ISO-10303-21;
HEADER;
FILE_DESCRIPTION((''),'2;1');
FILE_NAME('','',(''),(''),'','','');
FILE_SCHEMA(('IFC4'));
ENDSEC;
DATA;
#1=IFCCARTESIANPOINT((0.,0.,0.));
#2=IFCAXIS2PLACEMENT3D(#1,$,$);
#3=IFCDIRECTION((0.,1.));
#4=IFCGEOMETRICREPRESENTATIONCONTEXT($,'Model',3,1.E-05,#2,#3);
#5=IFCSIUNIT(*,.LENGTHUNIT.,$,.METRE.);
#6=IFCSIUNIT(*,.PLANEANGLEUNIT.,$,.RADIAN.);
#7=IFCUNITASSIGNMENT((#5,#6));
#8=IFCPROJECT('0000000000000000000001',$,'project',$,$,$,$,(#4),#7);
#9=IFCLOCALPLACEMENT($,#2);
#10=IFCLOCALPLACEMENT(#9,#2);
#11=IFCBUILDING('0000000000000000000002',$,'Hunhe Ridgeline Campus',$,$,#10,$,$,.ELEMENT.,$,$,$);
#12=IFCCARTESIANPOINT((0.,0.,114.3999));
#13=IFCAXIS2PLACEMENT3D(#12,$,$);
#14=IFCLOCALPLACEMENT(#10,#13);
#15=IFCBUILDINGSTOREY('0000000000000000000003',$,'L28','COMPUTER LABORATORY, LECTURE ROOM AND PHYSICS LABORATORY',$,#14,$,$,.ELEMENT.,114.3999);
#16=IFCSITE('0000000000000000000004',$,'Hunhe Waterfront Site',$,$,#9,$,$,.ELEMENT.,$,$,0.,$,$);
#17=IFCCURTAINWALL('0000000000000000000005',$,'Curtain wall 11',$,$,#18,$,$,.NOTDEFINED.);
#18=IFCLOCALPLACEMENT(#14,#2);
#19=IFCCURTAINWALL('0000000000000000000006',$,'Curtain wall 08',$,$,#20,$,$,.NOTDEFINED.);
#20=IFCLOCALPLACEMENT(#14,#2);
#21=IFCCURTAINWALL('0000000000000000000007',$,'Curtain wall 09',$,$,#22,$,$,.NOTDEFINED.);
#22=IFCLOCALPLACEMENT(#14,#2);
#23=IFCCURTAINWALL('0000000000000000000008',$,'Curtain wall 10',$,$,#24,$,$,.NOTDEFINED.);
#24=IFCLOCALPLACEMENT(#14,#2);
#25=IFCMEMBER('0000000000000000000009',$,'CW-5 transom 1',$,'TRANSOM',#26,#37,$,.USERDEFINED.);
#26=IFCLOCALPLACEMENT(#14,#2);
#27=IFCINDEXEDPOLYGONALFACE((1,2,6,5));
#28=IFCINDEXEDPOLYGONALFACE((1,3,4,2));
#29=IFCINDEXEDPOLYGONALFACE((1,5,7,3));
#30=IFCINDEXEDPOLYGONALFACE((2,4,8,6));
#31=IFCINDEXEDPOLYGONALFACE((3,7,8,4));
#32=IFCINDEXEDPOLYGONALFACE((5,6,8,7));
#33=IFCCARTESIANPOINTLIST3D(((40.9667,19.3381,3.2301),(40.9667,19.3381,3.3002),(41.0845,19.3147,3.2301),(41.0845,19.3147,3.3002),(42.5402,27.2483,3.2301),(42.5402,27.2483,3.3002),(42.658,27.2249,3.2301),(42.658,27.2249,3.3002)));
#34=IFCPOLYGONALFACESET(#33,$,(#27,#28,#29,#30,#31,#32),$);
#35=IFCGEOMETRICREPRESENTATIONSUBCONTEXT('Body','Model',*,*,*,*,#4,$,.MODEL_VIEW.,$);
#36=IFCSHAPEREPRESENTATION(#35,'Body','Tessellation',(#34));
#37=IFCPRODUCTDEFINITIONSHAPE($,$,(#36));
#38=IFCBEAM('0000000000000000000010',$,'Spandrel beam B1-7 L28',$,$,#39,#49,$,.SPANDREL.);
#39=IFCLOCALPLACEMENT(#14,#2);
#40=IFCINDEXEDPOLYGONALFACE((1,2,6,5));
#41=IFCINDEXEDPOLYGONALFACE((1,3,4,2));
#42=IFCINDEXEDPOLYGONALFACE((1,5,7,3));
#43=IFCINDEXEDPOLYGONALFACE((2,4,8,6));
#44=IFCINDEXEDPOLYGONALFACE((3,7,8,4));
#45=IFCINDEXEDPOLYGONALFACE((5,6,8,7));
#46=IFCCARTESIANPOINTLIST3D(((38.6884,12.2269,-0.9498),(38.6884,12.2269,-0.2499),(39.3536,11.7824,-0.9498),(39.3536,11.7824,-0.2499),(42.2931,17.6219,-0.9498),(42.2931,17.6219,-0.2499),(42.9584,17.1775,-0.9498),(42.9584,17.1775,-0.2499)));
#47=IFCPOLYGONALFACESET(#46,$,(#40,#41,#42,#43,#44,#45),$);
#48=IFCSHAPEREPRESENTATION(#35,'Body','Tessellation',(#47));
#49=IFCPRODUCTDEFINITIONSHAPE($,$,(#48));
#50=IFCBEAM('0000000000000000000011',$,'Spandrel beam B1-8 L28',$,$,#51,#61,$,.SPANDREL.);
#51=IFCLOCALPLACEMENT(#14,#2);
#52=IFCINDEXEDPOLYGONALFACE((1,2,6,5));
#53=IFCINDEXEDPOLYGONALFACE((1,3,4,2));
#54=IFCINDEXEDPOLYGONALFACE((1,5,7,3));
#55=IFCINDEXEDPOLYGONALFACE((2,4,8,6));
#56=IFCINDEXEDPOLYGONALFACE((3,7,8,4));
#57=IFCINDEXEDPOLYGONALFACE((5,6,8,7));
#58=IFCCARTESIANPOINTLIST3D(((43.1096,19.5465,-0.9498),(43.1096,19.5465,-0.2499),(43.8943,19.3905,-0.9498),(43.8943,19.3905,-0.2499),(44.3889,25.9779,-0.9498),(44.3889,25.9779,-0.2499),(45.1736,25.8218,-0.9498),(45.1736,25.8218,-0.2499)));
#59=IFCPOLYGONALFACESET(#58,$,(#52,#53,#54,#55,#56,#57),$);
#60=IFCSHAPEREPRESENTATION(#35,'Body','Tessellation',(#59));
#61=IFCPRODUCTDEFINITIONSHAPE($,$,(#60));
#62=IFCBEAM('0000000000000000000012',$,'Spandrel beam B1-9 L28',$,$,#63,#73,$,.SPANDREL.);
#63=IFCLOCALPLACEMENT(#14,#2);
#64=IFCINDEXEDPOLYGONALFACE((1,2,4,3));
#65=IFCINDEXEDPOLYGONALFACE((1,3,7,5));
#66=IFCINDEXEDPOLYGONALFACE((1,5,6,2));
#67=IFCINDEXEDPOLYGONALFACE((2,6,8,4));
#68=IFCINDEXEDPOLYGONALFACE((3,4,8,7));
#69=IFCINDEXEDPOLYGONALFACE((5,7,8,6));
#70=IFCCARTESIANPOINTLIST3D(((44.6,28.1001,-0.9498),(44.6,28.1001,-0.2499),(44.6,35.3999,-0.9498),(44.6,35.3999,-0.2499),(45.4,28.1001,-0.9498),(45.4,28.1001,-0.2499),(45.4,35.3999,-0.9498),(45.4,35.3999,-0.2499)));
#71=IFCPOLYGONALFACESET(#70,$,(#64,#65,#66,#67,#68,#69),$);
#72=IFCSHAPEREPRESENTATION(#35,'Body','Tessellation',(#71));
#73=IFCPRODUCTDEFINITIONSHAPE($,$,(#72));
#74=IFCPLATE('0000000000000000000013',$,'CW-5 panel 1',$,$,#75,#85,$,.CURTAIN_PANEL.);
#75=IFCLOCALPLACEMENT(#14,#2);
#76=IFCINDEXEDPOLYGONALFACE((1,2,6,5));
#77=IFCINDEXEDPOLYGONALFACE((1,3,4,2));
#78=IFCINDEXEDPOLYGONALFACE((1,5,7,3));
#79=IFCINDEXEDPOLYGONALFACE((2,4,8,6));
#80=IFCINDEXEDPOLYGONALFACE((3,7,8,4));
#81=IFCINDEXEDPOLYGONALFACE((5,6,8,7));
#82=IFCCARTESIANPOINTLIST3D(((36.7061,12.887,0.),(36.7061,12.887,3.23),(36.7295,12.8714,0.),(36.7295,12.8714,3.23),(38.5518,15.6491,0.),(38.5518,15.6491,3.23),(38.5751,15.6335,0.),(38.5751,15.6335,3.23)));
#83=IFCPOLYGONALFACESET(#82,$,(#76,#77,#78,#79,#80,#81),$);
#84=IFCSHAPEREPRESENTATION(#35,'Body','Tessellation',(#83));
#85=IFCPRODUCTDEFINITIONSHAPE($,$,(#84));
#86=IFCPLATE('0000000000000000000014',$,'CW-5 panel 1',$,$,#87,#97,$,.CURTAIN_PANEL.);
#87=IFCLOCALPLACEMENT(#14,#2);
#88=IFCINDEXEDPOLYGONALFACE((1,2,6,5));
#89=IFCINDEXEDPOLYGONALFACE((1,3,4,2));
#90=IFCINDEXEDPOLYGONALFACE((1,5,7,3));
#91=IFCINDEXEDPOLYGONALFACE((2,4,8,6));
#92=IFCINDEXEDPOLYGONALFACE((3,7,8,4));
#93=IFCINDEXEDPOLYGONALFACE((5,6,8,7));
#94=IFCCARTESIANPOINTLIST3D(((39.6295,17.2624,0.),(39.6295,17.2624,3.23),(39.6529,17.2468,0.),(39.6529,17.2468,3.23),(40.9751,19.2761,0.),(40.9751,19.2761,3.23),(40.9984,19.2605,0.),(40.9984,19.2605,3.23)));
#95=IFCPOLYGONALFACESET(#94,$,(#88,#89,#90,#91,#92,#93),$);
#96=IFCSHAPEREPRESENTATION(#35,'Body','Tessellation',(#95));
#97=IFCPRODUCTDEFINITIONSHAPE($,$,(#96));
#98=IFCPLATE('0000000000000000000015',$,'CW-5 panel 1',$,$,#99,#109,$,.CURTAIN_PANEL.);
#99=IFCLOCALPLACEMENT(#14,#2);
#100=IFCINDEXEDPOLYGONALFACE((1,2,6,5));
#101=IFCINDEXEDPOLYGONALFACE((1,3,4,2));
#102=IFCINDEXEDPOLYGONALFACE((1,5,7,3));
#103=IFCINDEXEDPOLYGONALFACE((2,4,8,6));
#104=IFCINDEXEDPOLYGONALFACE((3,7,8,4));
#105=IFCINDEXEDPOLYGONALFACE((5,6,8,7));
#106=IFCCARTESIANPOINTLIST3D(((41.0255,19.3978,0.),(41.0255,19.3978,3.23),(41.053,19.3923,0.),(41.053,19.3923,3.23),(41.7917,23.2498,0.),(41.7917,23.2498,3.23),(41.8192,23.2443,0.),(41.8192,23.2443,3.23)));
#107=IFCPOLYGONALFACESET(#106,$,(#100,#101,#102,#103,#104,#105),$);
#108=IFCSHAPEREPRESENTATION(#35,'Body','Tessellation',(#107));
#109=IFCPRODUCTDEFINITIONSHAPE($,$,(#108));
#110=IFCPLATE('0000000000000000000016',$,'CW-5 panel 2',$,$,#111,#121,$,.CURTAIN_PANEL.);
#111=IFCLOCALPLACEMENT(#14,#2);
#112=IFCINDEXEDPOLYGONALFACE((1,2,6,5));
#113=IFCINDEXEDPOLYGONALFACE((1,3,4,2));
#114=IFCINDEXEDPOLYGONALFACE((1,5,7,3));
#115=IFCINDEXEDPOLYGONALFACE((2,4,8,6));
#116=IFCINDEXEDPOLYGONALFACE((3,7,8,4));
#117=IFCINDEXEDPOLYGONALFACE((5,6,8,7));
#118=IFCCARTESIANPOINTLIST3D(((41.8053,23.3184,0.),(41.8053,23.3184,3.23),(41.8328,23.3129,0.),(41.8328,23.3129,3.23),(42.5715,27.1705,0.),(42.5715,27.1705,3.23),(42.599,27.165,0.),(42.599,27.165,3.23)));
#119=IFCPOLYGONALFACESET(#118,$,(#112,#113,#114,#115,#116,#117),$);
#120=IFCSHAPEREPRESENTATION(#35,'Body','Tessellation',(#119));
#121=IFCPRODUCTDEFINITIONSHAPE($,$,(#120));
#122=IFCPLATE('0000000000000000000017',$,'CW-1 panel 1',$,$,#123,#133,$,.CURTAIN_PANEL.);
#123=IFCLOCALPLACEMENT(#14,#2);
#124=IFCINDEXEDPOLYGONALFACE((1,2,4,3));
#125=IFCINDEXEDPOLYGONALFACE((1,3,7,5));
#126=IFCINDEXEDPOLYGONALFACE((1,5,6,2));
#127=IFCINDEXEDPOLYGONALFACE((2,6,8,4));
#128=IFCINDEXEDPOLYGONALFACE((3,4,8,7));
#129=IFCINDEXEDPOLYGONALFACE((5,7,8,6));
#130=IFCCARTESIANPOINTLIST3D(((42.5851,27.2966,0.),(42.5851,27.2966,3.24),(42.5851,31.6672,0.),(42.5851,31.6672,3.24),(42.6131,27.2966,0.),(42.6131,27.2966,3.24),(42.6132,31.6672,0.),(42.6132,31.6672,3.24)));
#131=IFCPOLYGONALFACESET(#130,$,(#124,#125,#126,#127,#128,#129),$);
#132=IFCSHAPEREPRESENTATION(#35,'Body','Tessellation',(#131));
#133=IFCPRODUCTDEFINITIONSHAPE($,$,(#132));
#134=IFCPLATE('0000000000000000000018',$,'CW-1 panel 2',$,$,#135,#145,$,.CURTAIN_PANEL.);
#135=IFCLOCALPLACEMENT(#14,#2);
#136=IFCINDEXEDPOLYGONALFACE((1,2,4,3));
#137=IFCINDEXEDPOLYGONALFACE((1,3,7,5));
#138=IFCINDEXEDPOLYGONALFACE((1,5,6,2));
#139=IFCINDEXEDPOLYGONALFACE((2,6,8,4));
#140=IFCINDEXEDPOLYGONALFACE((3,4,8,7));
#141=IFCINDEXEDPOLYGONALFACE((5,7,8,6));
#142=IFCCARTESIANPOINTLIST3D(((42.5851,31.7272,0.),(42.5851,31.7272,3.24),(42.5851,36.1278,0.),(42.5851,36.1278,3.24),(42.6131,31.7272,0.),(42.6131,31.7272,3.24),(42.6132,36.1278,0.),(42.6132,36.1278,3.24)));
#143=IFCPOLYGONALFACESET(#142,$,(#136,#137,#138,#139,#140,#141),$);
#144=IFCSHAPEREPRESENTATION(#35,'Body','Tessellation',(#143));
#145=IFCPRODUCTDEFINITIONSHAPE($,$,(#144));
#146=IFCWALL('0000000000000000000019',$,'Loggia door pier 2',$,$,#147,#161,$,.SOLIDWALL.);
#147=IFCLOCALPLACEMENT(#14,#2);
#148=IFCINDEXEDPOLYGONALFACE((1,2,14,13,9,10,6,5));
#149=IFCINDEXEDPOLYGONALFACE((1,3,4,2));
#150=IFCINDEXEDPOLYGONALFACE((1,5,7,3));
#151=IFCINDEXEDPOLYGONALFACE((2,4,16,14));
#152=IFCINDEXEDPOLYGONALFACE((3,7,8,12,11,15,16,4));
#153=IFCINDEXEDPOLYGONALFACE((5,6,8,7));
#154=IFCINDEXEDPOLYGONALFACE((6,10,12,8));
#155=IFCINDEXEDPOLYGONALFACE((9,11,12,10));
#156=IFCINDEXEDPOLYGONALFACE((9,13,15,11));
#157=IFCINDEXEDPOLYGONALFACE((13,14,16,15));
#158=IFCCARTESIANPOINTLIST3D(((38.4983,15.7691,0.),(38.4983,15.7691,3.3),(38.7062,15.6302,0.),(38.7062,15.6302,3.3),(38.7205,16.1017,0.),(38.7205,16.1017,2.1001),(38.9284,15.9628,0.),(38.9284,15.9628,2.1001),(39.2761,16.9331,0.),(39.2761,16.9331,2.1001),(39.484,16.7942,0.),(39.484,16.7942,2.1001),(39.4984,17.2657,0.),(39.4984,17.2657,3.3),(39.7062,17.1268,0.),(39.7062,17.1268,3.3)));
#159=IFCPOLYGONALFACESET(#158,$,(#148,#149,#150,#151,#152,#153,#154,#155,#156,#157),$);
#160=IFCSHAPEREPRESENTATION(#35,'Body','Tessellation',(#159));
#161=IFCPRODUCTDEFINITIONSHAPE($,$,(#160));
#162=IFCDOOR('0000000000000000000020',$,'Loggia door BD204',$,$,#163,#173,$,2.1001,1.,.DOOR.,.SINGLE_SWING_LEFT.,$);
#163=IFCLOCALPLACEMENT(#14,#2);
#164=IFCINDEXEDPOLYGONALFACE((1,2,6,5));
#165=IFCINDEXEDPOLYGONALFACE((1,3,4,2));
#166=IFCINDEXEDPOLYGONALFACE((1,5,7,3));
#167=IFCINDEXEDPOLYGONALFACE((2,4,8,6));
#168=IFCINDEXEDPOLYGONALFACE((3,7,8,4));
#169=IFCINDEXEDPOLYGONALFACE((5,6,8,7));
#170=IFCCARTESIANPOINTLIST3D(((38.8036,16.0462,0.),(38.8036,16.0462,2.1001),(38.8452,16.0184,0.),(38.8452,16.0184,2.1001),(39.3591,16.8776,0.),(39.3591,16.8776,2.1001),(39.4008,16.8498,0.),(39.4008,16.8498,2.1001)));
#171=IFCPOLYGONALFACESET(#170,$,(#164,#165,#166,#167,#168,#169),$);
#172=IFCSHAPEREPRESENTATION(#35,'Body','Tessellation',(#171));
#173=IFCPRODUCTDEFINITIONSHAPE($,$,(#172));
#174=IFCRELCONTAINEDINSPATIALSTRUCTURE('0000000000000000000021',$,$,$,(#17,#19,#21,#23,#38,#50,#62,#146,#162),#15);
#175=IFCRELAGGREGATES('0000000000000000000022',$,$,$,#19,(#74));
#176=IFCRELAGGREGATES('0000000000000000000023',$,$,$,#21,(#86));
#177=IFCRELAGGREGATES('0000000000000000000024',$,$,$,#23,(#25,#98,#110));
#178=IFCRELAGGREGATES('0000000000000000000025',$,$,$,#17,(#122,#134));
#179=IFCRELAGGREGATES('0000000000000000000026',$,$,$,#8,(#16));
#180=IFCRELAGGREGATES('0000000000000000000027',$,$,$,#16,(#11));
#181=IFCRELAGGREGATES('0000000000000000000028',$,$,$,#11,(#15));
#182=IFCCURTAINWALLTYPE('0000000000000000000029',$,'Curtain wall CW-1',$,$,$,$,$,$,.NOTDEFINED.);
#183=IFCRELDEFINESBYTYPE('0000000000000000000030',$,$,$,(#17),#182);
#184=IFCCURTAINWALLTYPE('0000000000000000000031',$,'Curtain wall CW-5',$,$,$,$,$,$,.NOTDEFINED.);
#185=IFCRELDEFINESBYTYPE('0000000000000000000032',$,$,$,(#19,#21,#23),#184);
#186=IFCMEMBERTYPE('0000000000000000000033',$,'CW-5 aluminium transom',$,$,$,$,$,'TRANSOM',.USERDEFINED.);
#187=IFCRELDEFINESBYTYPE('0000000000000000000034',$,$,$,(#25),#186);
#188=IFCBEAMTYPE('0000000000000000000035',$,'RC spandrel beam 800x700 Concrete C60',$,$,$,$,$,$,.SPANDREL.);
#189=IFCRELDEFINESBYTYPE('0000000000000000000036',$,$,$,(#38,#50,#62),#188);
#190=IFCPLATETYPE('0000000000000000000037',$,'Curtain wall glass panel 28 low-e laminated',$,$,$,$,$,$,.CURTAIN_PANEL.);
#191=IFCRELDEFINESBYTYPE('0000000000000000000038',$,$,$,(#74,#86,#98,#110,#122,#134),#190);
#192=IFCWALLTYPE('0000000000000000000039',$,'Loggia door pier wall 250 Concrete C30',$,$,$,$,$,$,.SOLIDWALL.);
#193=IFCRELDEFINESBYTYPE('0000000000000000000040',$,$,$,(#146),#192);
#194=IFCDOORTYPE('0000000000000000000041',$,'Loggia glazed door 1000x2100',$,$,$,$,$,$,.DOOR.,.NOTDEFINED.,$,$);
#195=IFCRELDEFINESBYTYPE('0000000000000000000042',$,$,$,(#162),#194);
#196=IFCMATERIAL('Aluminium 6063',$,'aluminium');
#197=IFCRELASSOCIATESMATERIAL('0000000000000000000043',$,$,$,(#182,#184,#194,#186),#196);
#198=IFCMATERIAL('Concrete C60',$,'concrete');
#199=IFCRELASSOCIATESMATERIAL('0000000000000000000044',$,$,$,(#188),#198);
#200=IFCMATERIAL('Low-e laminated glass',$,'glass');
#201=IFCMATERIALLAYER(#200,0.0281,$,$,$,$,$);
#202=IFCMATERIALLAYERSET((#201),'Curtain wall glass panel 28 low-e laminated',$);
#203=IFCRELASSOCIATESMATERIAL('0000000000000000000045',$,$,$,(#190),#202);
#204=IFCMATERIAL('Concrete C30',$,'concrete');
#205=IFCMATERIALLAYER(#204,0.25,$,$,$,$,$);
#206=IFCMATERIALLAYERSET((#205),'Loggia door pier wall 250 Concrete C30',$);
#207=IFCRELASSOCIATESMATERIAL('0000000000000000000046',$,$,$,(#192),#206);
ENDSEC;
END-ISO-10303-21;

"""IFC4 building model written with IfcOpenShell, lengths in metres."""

from ifc_helpers import new_model, si_unit, direction, frame, frame_2d, origin, origin_2d, place, context, subcontext, project, spatial, rectangle, extrude, material, layer, layer_set, material_profile, profile_set, type_object, element, fill, aggregate, save


model = new_model("IFC4")

# Units and contexts
model_context = context("Model", 3, precision=1e-05, world=origin(), true_north=direction((0.0, 1.0)))
body_context = subcontext(model_context, "Body", "Model", "MODEL_VIEW")
ifc_project = project(units=[si_unit("LENGTHUNIT", "METRE"), si_unit("PLANEANGLEUNIT", "RADIAN")], contexts=[model_context])

# Site, building, storey
site_placement = place(None, origin())
site = spatial("IfcSite", under=ifc_project, at=site_placement, Name="Hunhe Waterfront Site", CompositionType="ELEMENT", RefElevation=0.0)
building_placement = place(site_placement, origin())
building = spatial("IfcBuilding", under=site, at=building_placement, Name="Hunhe Ridgeline Campus", CompositionType="ELEMENT")
storey_placement = place(building_placement, frame((0.0, 0.0, 114.3999)))
storey = spatial("IfcBuildingStorey", under=building, at=storey_placement, Name="L28", Description="COMPUTER LABORATORY, LECTURE ROOM AND PHYSICS LABORATORY", CompositionType="ELEMENT", Elevation=114.3999)

# Curtain wall
ifc_material_1 = material(Name="Aluminium 6063", Category="aluminium")
curtain_wall_type_1 = type_object("IfcCurtainWallType", Name="Curtain wall CW-1", PredefinedType="NOTDEFINED", material=ifc_material_1)
curtain_wall_1_placement = place(storey_placement, origin())
curtain_wall_1 = element("IfcCurtainWall", 1, at=curtain_wall_1_placement, inside=storey, type_object=curtain_wall_type_1, Name="Curtain wall 11", PredefinedType="NOTDEFINED")

# Curtain wall
curtain_wall_type_2 = type_object("IfcCurtainWallType", Name="Curtain wall CW-5", PredefinedType="NOTDEFINED", material=ifc_material_1)
curtain_wall_2_placement = place(storey_placement, origin())
curtain_wall_2 = element("IfcCurtainWall", 2, at=curtain_wall_2_placement, inside=storey, type_object=curtain_wall_type_2, Name="Curtain wall 08", PredefinedType="NOTDEFINED")

# Curtain walls
curtain_wall_3_placement = place(storey_placement, origin())
curtain_wall_3 = element("IfcCurtainWall", 3, at=curtain_wall_3_placement, inside=storey, type_object=curtain_wall_type_2, Name="Curtain wall 09", PredefinedType="NOTDEFINED")
curtain_wall_4_placement = place(storey_placement, origin())
curtain_wall_4 = element("IfcCurtainWall", 4, at=curtain_wall_4_placement, inside=storey, type_object=curtain_wall_type_2, Name="Curtain wall 10", PredefinedType="NOTDEFINED")

# Member
ifc_material_profile_1 = material_profile(ifc_material_1, rectangle(XDim=0.1201, YDim=0.0701, at=origin_2d()))
ifc_profile_set_1 = profile_set([ifc_material_profile_1], Name="Aluminium 6063")
member_type_1 = type_object("IfcMemberType", Name="CW-5 aluminium transom", ElementType="TRANSOM", PredefinedType="USERDEFINED", material=ifc_profile_set_1)
member_1_placement = place(storey_placement, frame((41.0256, 19.3264, 3.2651), z_axis=(0.195097, 0.980784, 0.0), x_axis=(-0.980784, 0.195097, 0.0)))
member_1 = element("IfcMember", 5, at=member_1_placement, type_object=member_type_1, Name="CW-5 transom 1", ObjectType="TRANSOM", PredefinedType="USERDEFINED", context=body_context, shape_type="SweptSolid", body=[
    extrude(rectangle(XDim=0.1201, YDim=0.0701, at=origin_2d()), origin(), (0.0, 0.0, 1.0), 8.0652),
])

# Beams
ifc_material_2 = material(Name="Concrete C60", Category="concrete")
ifc_material_profile_2 = material_profile(ifc_material_2, rectangle(XDim=0.8, YDim=0.7, at=origin_2d()))
ifc_profile_set_2 = profile_set([ifc_material_profile_2], Name="Concrete C60")
beam_type = type_object("IfcBeamType", Name="RC spandrel beam 800x700 Concrete C60", PredefinedType="SPANDREL", material=ifc_profile_set_2)
beam_1_placement = place(storey_placement, frame((39.021, 12.0046, -0.5999), z_axis=(0.55556, 0.831477, 0.0), x_axis=(-0.831477, 0.55556, 0.0)))
element("IfcBeam", 6, at=beam_1_placement, inside=storey, type_object=beam_type, Name="Spandrel beam B1-7 L28", PredefinedType="SPANDREL", context=body_context, shape_type="SweptSolid", body=[
    extrude(rectangle(XDim=0.8, YDim=0.7, at=origin_2d()), origin(), (0.0, 0.0, 1.0), 6.4885),
])
beam_2_placement = place(storey_placement, frame((43.502, 19.4685, -0.5999), z_axis=(0.195092, 0.980785, 0.0), x_axis=(-0.980785, 0.195092, 0.0)))
element("IfcBeam", 7, at=beam_2_placement, inside=storey, type_object=beam_type, Name="Spandrel beam B1-8 L28", PredefinedType="SPANDREL", context=body_context, shape_type="SweptSolid", body=[
    extrude(rectangle(XDim=0.8, YDim=0.7, at=origin_2d()), origin(), (0.0, 0.0, 1.0), 6.5574),
])
beam_3_placement = place(storey_placement, frame((45.0, 28.1001, -0.5999), z_axis=(0.0, 1.0, 0.0), x_axis=(-1.0, 0.0, 0.0)))
element("IfcBeam", 8, at=beam_3_placement, inside=storey, type_object=beam_type, Name="Spandrel beam B1-9 L28", PredefinedType="SPANDREL", context=body_context, shape_type="SweptSolid", body=[
    extrude(rectangle(XDim=0.8, YDim=0.7, at=origin_2d()), origin(), (0.0, 0.0, 1.0), 7.2998),
])

# Plates
ifc_material_3 = material(Name="Low-e laminated glass", Category="glass")
ifc_layer_1 = layer(ifc_material_3, 0.0281)
ifc_layer_set_1 = layer_set([ifc_layer_1], Name="Curtain wall glass panel 28 low-e laminated")
plate_type = type_object("IfcPlateType", Name="Curtain wall glass panel 28 low-e laminated", PredefinedType="CURTAIN_PANEL", material=ifc_layer_set_1)
plate_1_placement = place(storey_placement, frame((37.6406, 14.2603, 0.0), z_axis=(0.0, 0.0, 1.0), x_axis=(0.55557, 0.83147, 0.0)))
plate_1 = element("IfcPlate", 9, at=plate_1_placement, type_object=plate_type, Name="CW-5 panel 1", PredefinedType="CURTAIN_PANEL", context=body_context, shape_type="SweptSolid", body=[
    extrude(rectangle(XDim=3.322, YDim=0.0281, at=origin_2d()), origin(), (0.0, 0.0, 1.0), 3.23),
])
aggregate(curtain_wall_2, [plate_1])
plate_2_placement = place(storey_placement, frame((40.314, 18.2615, 0.0), z_axis=(0.0, 0.0, 1.0), x_axis=(0.55557, 0.83147, 0.0)))
plate_2 = element("IfcPlate", 10, at=plate_2_placement, type_object=plate_type, Name="CW-5 panel 1", PredefinedType="CURTAIN_PANEL", context=body_context, shape_type="SweptSolid", body=[
    extrude(rectangle(XDim=2.4219, YDim=0.0281, at=origin_2d()), origin(), (0.0, 0.0, 1.0), 3.23),
])
aggregate(curtain_wall_3, [plate_2])
plate_3_placement = place(storey_placement, frame((41.4224, 21.321, 0.0), z_axis=(0.0, 0.0, 1.0), x_axis=(0.19509, 0.980785, 0.0)))
plate_3 = element("IfcPlate", 11, at=plate_3_placement, type_object=plate_type, Name="CW-5 panel 1", PredefinedType="CURTAIN_PANEL", context=body_context, shape_type="SweptSolid", body=[
    extrude(rectangle(XDim=3.9275, YDim=0.0281, at=origin_2d()), origin(), (0.0, 0.0, 1.0), 3.23),
])
plate_4_placement = place(storey_placement, frame((42.2021, 25.2417, 0.0), z_axis=(0.0, 0.0, 1.0), x_axis=(0.19509, 0.980785, 0.0)))
plate_4 = element("IfcPlate", 12, at=plate_4_placement, type_object=plate_type, Name="CW-5 panel 2", PredefinedType="CURTAIN_PANEL", context=body_context, shape_type="SweptSolid", body=[
    extrude(rectangle(XDim=3.9275, YDim=0.0281, at=origin_2d()), origin(), (0.0, 0.0, 1.0), 3.23),
])
aggregate(curtain_wall_4, [member_1, plate_3, plate_4])
plate_5_placement = place(storey_placement, frame((42.5991, 29.4819, 0.0), z_axis=(0.0, 0.0, 1.0), x_axis=(0.000011, 1.0, 0.0)))
plate_5 = element("IfcPlate", 13, at=plate_5_placement, type_object=plate_type, Name="CW-1 panel 1", PredefinedType="CURTAIN_PANEL", context=body_context, shape_type="SweptSolid", body=[
    extrude(rectangle(XDim=4.3706, YDim=0.0281, at=origin_2d()), origin(), (0.0, 0.0, 1.0), 3.24),
])
plate_6_placement = place(storey_placement, frame((42.5991, 33.9275, 0.0), z_axis=(0.0, 0.0, 1.0), x_axis=(0.000011, 1.0, 0.0)))
plate_6 = element("IfcPlate", 14, at=plate_6_placement, type_object=plate_type, Name="CW-1 panel 2", PredefinedType="CURTAIN_PANEL", context=body_context, shape_type="SweptSolid", body=[
    extrude(rectangle(XDim=4.4006, YDim=0.0281, at=origin_2d()), origin(), (0.0, 0.0, 1.0), 3.24),
])
aggregate(curtain_wall_1, [plate_5, plate_6])

# Wall, opening, door
ifc_material_4 = material(Name="Concrete C30", Category="concrete")
ifc_layer_2 = layer(ifc_material_4, 0.25)
ifc_layer_set_2 = layer_set([ifc_layer_2], Name="Loggia door pier wall 250 Concrete C30")
wall_type = type_object("IfcWallType", Name="Loggia door pier wall 250 Concrete C30", PredefinedType="SOLIDWALL", material=ifc_layer_set_2)
wall_placement = place(storey_placement, frame((38.6023, 15.6997, 0.0), z_axis=(0.0, 0.0, 1.0), x_axis=(0.555576, 0.831466, 0.0)))
wall = element("IfcWall", 15, at=wall_placement, inside=storey, type_object=wall_type, Name="Loggia door pier 2", PredefinedType="SOLIDWALL", context=body_context, shape_type="SweptSolid", body=[
    extrude(rectangle(XDim=1.8, YDim=0.25, at=frame_2d((0.8999, 0.0))), origin(), (0.0, 0.0, 1.0), 3.3),
])
opening_placement = place(wall_placement, frame((0.3999, 0.0, 0.0)))
opening = element("IfcOpeningElement", 16, at=opening_placement, cuts=wall, PredefinedType="OPENING", context=body_context, shape_type="SweptSolid", body=[
    extrude(rectangle(XDim=1.0, YDim=2.1001, at=frame_2d((0.5, 1.05))), frame((0.0, 0.125, 0.0), z_axis=(0.0, -1.0, 0.0), x_axis=(1.0, 0.0, 0.0)), (0.0, 0.0, 1.0), 0.25),
])
door_type = type_object("IfcDoorType", Name="Loggia glazed door 1000x2100", OperationType="NOTDEFINED", PredefinedType="DOOR", material=ifc_material_1)
door_placement = place(opening_placement, frame((1.0, 0.0, 0.0), z_axis=(0.0, 0.0, 1.0), x_axis=(-1.0, 0.0, 0.0)))
door = element("IfcDoor", 17, at=door_placement, inside=storey, type_object=door_type, Name="Loggia door BD204", OperationType="SINGLE_SWING_LEFT", OverallHeight=2.1001, OverallWidth=1.0, PredefinedType="DOOR", context=body_context, shape_type="SweptSolid", body=[
    extrude(rectangle(XDim=1.0, YDim=2.1001, at=frame_2d((0.5, 1.05))), frame((0.0, 0.0249, 0.0), z_axis=(0.0, -1.0, 0.0), x_axis=(1.0, 0.0, 0.0)), (0.0, 0.0, 1.0), 0.05),
])
fill(opening, door)

save(model, "model.ifc")
